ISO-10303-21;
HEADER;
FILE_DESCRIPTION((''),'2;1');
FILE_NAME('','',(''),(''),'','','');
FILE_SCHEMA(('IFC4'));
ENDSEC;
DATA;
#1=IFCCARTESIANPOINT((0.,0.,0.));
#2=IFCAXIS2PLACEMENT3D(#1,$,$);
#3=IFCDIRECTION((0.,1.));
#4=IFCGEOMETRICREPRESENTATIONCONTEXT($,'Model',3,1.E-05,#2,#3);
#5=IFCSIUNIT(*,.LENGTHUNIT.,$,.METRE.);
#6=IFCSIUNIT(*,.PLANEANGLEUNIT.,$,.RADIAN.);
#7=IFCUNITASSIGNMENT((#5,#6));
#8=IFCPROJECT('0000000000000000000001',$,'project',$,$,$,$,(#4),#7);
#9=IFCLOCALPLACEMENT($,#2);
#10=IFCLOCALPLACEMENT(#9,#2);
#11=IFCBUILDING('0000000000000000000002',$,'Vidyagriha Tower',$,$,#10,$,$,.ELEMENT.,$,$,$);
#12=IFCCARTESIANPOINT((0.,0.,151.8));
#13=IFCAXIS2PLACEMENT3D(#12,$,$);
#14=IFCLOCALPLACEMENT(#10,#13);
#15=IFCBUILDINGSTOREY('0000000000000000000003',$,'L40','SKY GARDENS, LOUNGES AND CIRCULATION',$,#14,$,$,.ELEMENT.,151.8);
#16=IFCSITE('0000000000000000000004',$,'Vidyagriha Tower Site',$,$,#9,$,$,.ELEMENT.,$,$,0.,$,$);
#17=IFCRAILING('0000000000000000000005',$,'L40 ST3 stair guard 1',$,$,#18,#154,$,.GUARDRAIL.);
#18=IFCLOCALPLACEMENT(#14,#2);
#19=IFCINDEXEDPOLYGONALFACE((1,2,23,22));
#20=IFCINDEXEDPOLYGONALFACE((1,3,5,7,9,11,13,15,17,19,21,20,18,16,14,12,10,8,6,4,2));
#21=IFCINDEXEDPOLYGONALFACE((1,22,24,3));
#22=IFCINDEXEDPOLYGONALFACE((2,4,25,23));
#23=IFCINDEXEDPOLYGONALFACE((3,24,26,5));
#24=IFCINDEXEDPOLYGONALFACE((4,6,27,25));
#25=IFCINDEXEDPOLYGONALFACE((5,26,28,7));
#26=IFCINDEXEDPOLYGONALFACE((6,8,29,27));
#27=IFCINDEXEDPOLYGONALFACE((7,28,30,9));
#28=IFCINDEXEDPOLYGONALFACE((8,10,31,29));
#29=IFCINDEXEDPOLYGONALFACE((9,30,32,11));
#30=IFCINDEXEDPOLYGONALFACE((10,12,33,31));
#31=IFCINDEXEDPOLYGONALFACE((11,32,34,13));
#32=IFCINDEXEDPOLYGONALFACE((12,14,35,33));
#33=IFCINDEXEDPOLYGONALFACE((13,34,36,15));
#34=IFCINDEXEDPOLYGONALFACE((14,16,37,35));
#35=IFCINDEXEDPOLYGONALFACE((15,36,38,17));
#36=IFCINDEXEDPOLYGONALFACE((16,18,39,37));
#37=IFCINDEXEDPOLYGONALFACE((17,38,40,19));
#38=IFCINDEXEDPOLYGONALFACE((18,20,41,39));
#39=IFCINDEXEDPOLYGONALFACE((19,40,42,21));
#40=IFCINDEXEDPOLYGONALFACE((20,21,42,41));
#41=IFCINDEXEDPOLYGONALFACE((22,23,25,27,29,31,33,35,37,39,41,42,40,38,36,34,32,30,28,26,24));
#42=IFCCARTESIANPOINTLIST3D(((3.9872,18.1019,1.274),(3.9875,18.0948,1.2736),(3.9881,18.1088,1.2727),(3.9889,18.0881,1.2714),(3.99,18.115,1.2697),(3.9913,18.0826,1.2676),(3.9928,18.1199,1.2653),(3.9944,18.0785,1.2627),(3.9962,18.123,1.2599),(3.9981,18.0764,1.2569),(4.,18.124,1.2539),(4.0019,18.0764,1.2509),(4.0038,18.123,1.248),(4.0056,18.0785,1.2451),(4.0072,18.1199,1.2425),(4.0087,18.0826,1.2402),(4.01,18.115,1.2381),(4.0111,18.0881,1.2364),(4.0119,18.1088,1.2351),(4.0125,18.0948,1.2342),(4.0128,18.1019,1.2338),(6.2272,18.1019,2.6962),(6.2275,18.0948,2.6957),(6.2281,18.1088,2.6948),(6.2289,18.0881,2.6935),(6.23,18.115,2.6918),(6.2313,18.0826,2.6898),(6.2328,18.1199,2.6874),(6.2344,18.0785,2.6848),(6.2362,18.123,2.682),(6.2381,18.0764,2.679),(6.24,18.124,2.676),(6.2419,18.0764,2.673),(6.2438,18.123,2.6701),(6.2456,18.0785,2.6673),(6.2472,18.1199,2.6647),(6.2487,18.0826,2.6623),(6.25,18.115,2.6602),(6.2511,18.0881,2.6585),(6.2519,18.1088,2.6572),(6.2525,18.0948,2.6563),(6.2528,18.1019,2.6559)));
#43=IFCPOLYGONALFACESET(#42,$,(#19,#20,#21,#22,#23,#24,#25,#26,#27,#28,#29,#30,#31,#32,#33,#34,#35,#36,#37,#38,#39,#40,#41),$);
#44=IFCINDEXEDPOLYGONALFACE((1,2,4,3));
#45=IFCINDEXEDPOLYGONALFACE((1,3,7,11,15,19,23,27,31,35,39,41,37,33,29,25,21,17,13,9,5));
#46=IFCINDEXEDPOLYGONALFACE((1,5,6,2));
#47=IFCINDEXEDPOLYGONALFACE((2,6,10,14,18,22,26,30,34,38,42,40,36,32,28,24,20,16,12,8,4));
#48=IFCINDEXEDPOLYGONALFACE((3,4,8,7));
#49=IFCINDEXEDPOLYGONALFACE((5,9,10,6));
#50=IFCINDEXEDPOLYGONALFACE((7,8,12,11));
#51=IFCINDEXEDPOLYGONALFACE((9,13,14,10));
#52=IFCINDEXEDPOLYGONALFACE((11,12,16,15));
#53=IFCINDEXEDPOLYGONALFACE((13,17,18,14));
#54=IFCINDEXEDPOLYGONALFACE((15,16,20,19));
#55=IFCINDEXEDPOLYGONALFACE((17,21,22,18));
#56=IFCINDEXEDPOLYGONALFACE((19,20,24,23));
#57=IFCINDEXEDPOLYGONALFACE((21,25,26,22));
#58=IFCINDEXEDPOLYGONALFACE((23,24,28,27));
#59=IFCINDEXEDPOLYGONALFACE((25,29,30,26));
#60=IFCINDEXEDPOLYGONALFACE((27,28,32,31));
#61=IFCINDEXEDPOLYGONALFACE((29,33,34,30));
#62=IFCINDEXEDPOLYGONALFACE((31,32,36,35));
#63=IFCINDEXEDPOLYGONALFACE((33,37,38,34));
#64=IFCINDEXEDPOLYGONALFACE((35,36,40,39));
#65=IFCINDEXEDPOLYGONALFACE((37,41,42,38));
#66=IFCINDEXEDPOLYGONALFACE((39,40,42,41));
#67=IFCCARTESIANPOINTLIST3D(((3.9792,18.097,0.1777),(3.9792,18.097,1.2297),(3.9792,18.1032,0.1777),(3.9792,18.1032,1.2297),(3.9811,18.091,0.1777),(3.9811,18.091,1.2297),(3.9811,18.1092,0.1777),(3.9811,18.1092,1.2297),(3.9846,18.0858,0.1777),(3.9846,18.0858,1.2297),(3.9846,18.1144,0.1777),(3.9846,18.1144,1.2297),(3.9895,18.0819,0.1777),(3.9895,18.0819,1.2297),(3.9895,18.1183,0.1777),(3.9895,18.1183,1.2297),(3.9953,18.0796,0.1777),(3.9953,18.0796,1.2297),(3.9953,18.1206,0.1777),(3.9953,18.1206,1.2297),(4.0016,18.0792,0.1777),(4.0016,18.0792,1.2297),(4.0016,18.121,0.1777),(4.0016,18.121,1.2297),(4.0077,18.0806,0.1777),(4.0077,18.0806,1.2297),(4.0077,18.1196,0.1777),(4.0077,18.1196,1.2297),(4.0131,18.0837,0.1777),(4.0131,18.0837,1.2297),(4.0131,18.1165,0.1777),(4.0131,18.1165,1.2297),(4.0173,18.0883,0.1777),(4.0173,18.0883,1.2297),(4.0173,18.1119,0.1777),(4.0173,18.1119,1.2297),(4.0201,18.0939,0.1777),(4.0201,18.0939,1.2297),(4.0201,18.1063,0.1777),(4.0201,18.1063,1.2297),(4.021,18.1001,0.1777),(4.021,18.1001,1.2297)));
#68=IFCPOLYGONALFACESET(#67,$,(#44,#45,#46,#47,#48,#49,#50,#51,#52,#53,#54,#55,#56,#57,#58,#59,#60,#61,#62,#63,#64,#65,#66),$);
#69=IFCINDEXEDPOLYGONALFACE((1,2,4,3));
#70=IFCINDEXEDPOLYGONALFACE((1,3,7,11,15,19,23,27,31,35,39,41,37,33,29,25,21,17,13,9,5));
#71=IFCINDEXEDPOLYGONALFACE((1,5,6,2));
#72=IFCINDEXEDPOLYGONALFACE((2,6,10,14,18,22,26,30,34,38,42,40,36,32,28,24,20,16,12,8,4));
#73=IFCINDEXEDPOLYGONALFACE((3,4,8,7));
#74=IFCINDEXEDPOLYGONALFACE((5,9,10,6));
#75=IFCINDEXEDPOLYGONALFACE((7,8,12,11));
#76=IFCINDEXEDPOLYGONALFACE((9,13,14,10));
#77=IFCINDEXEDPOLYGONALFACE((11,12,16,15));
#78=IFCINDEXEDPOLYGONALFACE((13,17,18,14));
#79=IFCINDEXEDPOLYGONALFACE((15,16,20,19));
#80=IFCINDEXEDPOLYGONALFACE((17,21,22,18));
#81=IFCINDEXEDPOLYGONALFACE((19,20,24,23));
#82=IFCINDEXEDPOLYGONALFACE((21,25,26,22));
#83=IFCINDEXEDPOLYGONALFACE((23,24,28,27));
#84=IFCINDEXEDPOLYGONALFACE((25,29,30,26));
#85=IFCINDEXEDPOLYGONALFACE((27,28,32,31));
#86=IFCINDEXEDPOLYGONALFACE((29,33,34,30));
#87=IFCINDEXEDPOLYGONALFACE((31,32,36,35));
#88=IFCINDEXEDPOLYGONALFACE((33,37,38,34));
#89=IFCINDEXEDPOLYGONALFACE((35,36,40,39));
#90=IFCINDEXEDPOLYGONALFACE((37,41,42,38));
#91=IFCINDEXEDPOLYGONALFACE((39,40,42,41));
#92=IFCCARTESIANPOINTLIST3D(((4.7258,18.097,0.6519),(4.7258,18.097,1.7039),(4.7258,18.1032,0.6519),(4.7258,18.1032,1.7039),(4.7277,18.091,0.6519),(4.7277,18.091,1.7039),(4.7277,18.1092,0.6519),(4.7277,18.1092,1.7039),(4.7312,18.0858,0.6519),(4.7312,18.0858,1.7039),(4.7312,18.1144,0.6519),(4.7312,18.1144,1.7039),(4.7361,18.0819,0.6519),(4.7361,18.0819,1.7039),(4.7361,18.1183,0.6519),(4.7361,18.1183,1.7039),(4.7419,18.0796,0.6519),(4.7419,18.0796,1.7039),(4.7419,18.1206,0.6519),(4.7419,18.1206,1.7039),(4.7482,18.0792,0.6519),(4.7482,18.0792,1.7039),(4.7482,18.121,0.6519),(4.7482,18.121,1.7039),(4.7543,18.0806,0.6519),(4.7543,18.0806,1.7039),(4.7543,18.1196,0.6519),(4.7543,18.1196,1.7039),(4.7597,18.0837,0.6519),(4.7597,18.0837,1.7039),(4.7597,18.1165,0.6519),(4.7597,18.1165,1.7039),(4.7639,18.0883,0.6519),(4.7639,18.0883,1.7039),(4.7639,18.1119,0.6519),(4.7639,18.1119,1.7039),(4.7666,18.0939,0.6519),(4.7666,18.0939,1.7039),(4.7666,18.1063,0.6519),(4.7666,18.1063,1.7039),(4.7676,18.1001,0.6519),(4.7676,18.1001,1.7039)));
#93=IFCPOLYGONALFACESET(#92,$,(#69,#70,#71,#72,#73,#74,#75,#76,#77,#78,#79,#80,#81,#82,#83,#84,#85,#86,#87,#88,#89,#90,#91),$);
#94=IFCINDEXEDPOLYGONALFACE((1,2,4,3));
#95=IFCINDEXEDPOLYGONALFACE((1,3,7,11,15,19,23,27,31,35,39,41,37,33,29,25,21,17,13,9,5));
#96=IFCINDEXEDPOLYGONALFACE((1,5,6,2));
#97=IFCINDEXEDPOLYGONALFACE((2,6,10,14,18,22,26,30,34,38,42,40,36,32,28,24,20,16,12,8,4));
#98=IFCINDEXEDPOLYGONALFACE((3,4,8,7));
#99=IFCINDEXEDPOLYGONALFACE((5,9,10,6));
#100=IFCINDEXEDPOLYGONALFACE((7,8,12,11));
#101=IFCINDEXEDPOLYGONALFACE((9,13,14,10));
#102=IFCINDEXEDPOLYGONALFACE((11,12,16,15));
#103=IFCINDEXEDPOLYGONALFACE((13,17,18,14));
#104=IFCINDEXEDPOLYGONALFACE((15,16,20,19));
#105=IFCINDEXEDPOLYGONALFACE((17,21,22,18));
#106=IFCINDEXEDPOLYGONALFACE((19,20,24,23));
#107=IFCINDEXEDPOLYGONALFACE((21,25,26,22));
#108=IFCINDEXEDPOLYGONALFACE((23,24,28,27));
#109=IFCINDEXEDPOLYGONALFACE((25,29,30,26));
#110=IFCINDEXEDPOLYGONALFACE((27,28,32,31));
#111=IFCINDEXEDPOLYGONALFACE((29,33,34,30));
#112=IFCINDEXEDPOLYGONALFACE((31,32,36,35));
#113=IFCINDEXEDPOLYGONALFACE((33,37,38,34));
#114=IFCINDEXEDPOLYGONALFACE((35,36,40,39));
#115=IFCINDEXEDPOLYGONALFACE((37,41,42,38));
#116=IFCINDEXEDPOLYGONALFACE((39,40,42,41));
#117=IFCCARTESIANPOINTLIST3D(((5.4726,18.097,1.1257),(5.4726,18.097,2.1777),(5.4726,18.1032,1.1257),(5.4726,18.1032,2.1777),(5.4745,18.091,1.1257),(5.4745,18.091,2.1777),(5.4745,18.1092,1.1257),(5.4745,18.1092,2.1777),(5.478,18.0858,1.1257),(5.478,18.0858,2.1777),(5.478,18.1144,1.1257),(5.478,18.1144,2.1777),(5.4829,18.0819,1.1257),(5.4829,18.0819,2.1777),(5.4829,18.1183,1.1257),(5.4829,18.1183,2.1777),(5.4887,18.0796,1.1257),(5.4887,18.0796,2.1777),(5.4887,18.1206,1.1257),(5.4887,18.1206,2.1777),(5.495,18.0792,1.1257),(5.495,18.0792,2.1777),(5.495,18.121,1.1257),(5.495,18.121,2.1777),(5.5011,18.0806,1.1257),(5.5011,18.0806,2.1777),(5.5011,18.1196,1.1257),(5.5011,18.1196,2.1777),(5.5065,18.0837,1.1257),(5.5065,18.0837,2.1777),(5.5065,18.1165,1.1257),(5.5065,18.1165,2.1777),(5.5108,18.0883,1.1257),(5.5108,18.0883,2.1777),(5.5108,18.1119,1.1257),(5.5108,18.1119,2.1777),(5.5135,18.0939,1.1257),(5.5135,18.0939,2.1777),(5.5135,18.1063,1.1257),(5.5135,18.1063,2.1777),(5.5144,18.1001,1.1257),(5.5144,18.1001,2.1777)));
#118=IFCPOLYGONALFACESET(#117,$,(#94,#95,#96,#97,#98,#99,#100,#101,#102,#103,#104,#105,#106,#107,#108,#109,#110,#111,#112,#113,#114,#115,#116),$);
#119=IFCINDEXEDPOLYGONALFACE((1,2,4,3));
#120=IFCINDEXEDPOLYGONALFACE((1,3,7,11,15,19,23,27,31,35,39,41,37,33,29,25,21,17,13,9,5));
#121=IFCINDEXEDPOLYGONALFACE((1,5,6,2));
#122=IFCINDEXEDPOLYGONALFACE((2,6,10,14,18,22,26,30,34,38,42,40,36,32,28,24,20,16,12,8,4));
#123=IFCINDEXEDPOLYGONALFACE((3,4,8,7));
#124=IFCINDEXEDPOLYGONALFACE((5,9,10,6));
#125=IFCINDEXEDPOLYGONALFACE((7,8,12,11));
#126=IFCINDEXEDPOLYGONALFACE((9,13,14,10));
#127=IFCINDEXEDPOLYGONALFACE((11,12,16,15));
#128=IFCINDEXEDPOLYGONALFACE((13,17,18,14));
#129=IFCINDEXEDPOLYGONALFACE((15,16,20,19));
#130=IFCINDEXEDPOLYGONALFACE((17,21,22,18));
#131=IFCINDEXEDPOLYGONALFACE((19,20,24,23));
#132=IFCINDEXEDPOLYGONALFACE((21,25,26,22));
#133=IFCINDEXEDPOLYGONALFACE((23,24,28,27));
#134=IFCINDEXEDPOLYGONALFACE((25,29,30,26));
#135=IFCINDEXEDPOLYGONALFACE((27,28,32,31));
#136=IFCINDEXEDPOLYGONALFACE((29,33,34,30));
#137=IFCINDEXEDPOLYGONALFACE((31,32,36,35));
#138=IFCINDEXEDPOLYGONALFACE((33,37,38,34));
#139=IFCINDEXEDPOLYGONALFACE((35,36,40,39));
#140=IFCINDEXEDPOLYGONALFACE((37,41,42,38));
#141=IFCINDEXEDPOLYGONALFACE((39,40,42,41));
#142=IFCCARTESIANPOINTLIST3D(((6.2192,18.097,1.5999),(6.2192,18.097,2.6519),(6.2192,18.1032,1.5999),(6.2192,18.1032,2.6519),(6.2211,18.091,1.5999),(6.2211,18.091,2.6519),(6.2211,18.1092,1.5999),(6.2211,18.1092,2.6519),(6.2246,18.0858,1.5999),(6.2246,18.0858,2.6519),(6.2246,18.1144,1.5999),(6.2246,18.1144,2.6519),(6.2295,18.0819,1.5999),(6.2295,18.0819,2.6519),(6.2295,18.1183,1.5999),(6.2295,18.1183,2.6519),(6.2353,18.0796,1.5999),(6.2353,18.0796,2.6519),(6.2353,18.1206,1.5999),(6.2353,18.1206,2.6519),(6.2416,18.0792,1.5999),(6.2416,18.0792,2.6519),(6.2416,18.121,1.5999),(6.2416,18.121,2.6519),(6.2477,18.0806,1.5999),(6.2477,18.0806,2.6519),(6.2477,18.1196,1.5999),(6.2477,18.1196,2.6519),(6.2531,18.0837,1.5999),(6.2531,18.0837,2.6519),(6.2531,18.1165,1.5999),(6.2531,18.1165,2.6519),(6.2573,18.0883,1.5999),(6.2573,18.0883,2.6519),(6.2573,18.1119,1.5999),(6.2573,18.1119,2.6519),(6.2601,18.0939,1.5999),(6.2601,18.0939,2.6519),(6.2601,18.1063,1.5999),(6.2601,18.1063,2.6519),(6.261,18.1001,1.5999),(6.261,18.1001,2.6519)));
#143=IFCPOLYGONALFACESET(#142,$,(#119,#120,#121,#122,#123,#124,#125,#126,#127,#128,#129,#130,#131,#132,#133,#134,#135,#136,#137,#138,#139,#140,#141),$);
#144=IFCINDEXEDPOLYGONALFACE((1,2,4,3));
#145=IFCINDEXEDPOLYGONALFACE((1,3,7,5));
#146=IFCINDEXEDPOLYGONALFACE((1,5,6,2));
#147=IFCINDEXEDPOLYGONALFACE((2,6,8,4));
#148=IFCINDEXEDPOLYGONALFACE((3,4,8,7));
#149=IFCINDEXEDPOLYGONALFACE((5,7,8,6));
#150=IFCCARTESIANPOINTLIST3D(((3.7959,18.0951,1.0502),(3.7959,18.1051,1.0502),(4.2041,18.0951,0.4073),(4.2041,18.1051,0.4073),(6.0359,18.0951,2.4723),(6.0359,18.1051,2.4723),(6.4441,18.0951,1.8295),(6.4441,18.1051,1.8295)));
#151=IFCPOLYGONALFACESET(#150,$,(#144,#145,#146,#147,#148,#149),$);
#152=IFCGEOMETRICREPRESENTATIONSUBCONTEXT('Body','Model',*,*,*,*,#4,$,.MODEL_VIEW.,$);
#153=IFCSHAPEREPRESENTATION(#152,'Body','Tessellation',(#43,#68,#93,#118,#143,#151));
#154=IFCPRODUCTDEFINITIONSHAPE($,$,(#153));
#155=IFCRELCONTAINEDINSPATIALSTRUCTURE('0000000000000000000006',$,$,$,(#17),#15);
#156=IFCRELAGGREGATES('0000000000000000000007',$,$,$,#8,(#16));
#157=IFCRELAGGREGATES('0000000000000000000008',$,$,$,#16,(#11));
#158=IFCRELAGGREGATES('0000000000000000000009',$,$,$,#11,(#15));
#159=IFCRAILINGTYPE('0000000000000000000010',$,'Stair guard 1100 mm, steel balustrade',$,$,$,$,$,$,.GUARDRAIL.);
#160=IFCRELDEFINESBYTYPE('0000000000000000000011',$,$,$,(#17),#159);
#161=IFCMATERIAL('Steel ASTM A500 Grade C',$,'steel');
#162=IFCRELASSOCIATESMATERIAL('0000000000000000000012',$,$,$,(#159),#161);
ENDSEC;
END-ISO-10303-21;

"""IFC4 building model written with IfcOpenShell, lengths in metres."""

from ifc_helpers import new_model, si_unit, direction, frame, origin, origin_2d, place, context, subcontext, project, spatial, rectangle, circle, extrude, material, type_object, element, save


model = new_model("IFC4")

# Units and contexts
model_context = context("Model", 3, precision=1e-05, world=origin(), true_north=direction((0.0, 1.0)))
body_context = subcontext(model_context, "Body", "Model", "MODEL_VIEW")
ifc_project = project(units=[si_unit("LENGTHUNIT", "METRE"), si_unit("PLANEANGLEUNIT", "RADIAN")], contexts=[model_context])

# Site, building, storey
site_placement = place(None, origin())
site = spatial("IfcSite", under=ifc_project, at=site_placement, Name="Vidyagriha Tower Site", CompositionType="ELEMENT", RefElevation=0.0)
building_placement = place(site_placement, origin())
building = spatial("IfcBuilding", under=site, at=building_placement, Name="Vidyagriha Tower", CompositionType="ELEMENT")
storey_placement = place(building_placement, frame((0.0, 0.0, 151.8)))
storey = spatial("IfcBuildingStorey", under=building, at=storey_placement, Name="L40", Description="SKY GARDENS, LOUNGES AND CIRCULATION", CompositionType="ELEMENT", Elevation=151.8)

# Railing
ifc_material_1 = material(Name="Steel ASTM A500 Grade C", Category="steel")
railing_type_1 = type_object("IfcRailingType", Name="Stair guard 1100 mm, steel balustrade", PredefinedType="GUARDRAIL", material=ifc_material_1)
railing_1_placement = place(storey_placement, frame((4.0, 18.1001, 0.1777)))
element("IfcRailing", 1, at=railing_1_placement, inside=storey, type_object=railing_type_1, Name="L40 ST3 stair guard 1", PredefinedType="GUARDRAIL", context=body_context, shape_type="SweptSolid", body=[
    extrude(circle(Radius=0.0239, at=origin_2d()), frame((0.0, 0.0, 1.0762), z_axis=(0.844229, 0.0, 0.535982), x_axis=(0.0, 1.0, 0.0)), (0.0, 0.0, 1.0), 2.6533),
    extrude(circle(Radius=0.021, at=origin_2d()), origin(), (0.0, 0.0, 1.0), 1.052),
    extrude(circle(Radius=0.021, at=origin_2d()), frame((0.7466, 0.0, 0.4741)), (0.0, 0.0, 1.0), 1.052),
    extrude(circle(Radius=0.021, at=origin_2d()), frame((1.4934, 0.0, 0.948)), (0.0, 0.0, 1.0), 1.052),
    extrude(circle(Radius=0.021, at=origin_2d()), frame((2.24, 0.0, 1.4221)), (0.0, 0.0, 1.0), 1.052),
    extrude(rectangle(XDim=0.01, YDim=0.7615, at=origin_2d()), frame((0.0, 0.0, 0.551), z_axis=(0.844229, 0.0, 0.535982), x_axis=(0.0, 1.0, 0.0)), (0.0, 0.0, 1.0), 2.6533),
])

save(model, "model.ifc")
